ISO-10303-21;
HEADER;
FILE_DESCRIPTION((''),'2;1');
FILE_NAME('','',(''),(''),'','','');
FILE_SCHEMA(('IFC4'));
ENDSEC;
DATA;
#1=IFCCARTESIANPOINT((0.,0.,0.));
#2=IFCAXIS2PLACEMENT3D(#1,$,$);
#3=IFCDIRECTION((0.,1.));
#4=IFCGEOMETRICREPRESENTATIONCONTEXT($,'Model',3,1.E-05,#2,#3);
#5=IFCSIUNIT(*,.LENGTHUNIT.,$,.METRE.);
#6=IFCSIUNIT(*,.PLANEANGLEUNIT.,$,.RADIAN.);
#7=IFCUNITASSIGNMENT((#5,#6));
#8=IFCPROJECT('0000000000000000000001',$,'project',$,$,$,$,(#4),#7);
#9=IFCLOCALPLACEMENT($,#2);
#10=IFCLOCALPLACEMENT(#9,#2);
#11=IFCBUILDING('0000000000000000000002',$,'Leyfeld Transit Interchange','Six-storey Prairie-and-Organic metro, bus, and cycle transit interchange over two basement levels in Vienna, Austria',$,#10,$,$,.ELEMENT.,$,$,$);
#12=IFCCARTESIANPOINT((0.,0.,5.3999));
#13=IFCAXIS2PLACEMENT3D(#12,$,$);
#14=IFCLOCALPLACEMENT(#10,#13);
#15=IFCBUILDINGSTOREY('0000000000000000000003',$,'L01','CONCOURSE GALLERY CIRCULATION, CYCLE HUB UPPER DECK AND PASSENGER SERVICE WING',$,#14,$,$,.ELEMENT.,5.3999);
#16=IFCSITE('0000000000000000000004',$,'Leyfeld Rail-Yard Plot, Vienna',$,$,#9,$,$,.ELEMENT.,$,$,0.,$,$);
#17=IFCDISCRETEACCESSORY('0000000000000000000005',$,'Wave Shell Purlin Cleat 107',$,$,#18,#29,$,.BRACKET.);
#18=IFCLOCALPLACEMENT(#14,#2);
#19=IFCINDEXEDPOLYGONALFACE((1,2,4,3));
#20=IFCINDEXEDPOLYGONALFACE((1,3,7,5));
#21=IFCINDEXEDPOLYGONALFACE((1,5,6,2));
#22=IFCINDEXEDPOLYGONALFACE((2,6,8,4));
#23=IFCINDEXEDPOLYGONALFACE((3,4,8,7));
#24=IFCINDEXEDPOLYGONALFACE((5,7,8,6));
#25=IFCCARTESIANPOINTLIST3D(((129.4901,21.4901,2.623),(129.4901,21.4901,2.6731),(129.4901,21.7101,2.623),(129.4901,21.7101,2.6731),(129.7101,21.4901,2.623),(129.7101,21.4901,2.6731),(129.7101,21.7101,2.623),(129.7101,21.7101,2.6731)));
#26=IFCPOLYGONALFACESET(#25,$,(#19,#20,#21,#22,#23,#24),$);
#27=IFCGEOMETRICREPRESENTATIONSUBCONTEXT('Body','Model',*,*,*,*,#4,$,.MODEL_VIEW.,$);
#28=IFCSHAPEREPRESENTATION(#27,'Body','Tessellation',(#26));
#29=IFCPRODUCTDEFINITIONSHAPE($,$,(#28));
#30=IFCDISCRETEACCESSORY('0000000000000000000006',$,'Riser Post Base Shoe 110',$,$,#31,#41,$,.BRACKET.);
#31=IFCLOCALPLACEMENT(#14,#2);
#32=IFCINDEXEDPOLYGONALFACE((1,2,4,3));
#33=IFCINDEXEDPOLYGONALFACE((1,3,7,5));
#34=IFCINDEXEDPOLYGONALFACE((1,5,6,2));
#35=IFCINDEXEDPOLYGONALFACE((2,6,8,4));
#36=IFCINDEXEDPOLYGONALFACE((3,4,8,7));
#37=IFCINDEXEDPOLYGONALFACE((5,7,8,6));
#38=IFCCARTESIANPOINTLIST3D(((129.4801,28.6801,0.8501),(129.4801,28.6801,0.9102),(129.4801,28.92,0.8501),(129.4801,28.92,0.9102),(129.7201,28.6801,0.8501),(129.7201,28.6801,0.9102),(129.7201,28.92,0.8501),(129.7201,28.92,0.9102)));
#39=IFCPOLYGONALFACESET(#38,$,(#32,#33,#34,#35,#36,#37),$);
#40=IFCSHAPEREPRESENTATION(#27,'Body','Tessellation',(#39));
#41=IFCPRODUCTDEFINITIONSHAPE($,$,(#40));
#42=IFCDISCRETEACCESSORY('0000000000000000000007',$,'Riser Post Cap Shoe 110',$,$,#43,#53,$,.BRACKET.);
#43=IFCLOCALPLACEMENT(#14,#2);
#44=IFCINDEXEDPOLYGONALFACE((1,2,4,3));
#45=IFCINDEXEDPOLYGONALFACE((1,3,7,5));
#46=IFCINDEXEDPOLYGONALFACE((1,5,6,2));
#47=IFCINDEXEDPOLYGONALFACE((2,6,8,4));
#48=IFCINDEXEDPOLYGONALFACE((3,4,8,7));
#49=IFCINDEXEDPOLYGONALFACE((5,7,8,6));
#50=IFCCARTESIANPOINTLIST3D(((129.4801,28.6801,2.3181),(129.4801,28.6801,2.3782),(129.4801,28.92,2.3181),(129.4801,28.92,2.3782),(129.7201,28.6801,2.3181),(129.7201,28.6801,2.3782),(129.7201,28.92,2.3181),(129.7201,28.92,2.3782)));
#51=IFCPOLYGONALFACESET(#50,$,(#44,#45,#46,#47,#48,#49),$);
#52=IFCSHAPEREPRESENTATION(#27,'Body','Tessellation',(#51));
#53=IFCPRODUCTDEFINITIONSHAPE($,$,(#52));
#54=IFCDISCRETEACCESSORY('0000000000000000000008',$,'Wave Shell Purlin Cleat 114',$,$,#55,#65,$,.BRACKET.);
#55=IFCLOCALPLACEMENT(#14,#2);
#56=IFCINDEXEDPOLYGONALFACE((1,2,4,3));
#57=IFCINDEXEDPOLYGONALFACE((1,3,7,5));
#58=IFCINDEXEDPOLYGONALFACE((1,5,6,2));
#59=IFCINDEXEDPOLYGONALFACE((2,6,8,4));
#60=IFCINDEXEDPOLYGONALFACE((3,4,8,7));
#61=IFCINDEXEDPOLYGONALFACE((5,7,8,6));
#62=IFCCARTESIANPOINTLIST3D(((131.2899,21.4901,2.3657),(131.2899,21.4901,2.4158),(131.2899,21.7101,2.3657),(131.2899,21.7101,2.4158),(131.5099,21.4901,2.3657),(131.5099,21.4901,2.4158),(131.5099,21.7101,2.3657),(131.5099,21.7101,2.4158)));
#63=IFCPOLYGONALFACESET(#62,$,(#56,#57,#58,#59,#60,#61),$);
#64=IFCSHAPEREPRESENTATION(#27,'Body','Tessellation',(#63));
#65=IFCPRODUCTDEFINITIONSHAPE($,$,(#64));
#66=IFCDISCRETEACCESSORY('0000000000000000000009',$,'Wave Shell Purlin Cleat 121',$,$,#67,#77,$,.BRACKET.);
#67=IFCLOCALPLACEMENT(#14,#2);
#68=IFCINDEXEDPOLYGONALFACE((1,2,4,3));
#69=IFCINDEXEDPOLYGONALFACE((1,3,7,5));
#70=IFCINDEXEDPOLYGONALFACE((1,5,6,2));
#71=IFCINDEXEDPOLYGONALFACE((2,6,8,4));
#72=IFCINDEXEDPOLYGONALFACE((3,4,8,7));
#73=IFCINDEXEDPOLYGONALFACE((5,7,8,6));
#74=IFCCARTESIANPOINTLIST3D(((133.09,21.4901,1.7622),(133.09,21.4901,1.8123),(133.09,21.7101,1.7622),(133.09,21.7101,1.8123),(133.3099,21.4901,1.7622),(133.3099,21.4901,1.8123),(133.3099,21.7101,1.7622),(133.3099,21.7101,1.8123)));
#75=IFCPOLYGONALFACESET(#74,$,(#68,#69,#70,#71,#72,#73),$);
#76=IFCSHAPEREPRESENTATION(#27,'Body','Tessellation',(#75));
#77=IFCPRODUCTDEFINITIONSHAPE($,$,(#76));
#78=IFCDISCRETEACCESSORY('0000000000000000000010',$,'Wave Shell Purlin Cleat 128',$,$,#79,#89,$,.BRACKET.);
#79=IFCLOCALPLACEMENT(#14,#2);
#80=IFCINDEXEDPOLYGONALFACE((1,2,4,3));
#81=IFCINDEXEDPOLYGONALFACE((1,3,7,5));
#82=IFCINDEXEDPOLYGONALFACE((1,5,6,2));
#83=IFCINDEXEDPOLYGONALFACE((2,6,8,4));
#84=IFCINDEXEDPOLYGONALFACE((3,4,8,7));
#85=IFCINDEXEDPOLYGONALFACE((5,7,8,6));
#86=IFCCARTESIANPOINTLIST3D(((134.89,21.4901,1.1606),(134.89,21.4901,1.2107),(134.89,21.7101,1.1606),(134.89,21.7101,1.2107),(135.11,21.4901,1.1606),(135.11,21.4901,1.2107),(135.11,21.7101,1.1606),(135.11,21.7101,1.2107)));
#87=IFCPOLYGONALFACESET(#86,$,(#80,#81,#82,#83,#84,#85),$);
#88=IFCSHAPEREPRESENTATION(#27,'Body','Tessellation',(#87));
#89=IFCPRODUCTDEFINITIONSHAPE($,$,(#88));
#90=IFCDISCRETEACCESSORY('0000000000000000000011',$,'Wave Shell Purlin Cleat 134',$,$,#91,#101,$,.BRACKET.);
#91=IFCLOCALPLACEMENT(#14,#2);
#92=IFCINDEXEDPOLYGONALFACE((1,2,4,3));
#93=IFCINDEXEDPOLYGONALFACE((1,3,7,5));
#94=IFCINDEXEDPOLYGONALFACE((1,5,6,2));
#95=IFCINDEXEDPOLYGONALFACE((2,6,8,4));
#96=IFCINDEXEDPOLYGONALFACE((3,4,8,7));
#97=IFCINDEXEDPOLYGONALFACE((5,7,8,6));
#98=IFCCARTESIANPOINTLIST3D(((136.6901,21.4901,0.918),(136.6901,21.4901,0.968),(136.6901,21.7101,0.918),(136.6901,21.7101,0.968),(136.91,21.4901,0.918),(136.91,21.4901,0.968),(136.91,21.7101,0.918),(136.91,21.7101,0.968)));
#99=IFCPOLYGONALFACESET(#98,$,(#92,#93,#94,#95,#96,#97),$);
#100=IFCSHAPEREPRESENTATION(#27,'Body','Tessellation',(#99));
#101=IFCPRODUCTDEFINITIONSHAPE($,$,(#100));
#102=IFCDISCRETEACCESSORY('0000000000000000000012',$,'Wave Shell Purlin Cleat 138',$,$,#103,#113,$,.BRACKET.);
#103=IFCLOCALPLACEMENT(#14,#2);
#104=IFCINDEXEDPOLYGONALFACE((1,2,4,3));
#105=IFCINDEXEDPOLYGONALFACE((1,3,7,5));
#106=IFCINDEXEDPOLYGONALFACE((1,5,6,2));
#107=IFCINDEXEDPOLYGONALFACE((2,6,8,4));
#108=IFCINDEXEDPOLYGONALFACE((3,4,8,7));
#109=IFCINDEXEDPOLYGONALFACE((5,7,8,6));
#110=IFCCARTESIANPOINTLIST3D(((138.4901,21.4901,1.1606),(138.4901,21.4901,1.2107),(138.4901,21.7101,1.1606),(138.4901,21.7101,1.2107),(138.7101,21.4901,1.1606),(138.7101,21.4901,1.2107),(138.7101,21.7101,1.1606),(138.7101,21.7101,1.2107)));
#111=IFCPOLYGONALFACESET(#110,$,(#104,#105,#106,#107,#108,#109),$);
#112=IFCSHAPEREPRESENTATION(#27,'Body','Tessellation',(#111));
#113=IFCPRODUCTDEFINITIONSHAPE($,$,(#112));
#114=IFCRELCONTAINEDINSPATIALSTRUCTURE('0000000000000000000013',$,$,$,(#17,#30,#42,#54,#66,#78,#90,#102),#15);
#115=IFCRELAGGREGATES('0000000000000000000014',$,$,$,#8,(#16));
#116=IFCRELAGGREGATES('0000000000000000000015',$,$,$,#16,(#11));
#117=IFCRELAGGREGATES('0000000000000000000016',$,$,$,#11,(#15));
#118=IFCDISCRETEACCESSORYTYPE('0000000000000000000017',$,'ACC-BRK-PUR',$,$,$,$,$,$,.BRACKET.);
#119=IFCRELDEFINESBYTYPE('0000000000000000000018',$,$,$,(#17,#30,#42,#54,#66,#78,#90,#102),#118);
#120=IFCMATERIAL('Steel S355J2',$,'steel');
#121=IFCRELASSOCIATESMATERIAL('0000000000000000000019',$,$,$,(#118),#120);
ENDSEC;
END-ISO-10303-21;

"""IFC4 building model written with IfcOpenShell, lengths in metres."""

from ifc_helpers import new_model, si_unit, direction, frame, origin, origin_2d, place, context, subcontext, project, spatial, rectangle, extrude, material, type_object, element, save


model = new_model("IFC4")

# Units and contexts
model_context = context("Model", 3, precision=1e-05, world=origin(), true_north=direction((0.0, 1.0)))
body_context = subcontext(model_context, "Body", "Model", "MODEL_VIEW")
ifc_project = project(units=[si_unit("LENGTHUNIT", "METRE"), si_unit("PLANEANGLEUNIT", "RADIAN")], contexts=[model_context])

# Site, building, storey
site_placement = place(None, origin())
site = spatial("IfcSite", under=ifc_project, at=site_placement, Name="Leyfeld Rail-Yard Plot, Vienna", CompositionType="ELEMENT", RefElevation=0.0)
building_placement = place(site_placement, origin())
building = spatial("IfcBuilding", under=site, at=building_placement, Name="Leyfeld Transit Interchange", Description="Six-storey Prairie-and-Organic metro, bus, and cycle transit interchange over two basement levels in Vienna, Austria", CompositionType="ELEMENT")
storey_placement = place(building_placement, frame((0.0, 0.0, 5.3999)))
storey = spatial("IfcBuildingStorey", under=building, at=storey_placement, Name="L01", Description="CONCOURSE GALLERY CIRCULATION, CYCLE HUB UPPER DECK AND PASSENGER SERVICE WING", CompositionType="ELEMENT", Elevation=5.3999)

# Shared definitions
ifc_material_1 = material(Name="Steel S355J2", Category="steel")

# Discrete accessories
discrete_accessory_type = type_object("IfcDiscreteAccessoryType", Name="ACC-BRK-PUR", PredefinedType="BRACKET", material=ifc_material_1)
discrete_accessory_placement = place(storey_placement, frame((129.6001, 21.6001, 2.623), z_axis=(0.0, 0.0, 1.0), x_axis=(1.0, 0.0, 0.0)))
element("IfcDiscreteAccessory", 1, at=discrete_accessory_placement, inside=storey, type_object=discrete_accessory_type, Name="Wave Shell Purlin Cleat 107", PredefinedType="BRACKET", context=body_context, shape_type="SweptSolid", body=[
    extrude(rectangle(XDim=0.22, YDim=0.22, at=origin_2d()), origin(), (0.0, 0.0, 1.0), 0.05),
])
for number, where, z_axis, x_axis, name in (
    (2, (129.6001, 28.8, 0.8501), (0.0, 0.0, 1.0), (1.0, 0.0, 0.0), "Riser Post Base Shoe 110"),
    (3, (129.6001, 28.8, 2.3181), (0.0, 0.0, 1.0), (1.0, 0.0, 0.0), "Riser Post Cap Shoe 110"),
):
    element("IfcDiscreteAccessory", number, at=place(storey_placement, frame(where, z_axis=z_axis, x_axis=x_axis)), inside=storey, type_object=discrete_accessory_type, Name=name, PredefinedType="BRACKET", context=body_context, shape_type="SweptSolid", body=[
        extrude(rectangle(XDim=0.24, YDim=0.24, at=origin_2d()), origin(), (0.0, 0.0, 1.0), 0.0601),
    ])
for number, where, z_axis, x_axis, name in (
    (4, (131.3999, 21.6001, 2.3657), (0.0, 0.0, 1.0), (1.0, 0.0, 0.0), "Wave Shell Purlin Cleat 114"),
    (5, (133.2, 21.6001, 1.7622), (0.0, 0.0, 1.0), (1.0, 0.0, 0.0), "Wave Shell Purlin Cleat 121"),
    (6, (135.0, 21.6001, 1.1606), (0.0, 0.0, 1.0), (1.0, 0.0, 0.0), "Wave Shell Purlin Cleat 128"),
    (7, (136.8, 21.6001, 0.918), (0.0, 0.0, 1.0), (1.0, 0.0, 0.0), "Wave Shell Purlin Cleat 134"),
    (8, (138.6001, 21.6001, 1.1606), (0.0, 0.0, 1.0), (1.0, 0.0, 0.0), "Wave Shell Purlin Cleat 138"),
):
    element("IfcDiscreteAccessory", number, at=place(storey_placement, frame(where, z_axis=z_axis, x_axis=x_axis)), inside=storey, type_object=discrete_accessory_type, Name=name, PredefinedType="BRACKET", context=body_context, shape_type="SweptSolid", body=[
        extrude(rectangle(XDim=0.22, YDim=0.22, at=origin_2d()), origin(), (0.0, 0.0, 1.0), 0.05),
    ])

save(model, "model.ifc")
